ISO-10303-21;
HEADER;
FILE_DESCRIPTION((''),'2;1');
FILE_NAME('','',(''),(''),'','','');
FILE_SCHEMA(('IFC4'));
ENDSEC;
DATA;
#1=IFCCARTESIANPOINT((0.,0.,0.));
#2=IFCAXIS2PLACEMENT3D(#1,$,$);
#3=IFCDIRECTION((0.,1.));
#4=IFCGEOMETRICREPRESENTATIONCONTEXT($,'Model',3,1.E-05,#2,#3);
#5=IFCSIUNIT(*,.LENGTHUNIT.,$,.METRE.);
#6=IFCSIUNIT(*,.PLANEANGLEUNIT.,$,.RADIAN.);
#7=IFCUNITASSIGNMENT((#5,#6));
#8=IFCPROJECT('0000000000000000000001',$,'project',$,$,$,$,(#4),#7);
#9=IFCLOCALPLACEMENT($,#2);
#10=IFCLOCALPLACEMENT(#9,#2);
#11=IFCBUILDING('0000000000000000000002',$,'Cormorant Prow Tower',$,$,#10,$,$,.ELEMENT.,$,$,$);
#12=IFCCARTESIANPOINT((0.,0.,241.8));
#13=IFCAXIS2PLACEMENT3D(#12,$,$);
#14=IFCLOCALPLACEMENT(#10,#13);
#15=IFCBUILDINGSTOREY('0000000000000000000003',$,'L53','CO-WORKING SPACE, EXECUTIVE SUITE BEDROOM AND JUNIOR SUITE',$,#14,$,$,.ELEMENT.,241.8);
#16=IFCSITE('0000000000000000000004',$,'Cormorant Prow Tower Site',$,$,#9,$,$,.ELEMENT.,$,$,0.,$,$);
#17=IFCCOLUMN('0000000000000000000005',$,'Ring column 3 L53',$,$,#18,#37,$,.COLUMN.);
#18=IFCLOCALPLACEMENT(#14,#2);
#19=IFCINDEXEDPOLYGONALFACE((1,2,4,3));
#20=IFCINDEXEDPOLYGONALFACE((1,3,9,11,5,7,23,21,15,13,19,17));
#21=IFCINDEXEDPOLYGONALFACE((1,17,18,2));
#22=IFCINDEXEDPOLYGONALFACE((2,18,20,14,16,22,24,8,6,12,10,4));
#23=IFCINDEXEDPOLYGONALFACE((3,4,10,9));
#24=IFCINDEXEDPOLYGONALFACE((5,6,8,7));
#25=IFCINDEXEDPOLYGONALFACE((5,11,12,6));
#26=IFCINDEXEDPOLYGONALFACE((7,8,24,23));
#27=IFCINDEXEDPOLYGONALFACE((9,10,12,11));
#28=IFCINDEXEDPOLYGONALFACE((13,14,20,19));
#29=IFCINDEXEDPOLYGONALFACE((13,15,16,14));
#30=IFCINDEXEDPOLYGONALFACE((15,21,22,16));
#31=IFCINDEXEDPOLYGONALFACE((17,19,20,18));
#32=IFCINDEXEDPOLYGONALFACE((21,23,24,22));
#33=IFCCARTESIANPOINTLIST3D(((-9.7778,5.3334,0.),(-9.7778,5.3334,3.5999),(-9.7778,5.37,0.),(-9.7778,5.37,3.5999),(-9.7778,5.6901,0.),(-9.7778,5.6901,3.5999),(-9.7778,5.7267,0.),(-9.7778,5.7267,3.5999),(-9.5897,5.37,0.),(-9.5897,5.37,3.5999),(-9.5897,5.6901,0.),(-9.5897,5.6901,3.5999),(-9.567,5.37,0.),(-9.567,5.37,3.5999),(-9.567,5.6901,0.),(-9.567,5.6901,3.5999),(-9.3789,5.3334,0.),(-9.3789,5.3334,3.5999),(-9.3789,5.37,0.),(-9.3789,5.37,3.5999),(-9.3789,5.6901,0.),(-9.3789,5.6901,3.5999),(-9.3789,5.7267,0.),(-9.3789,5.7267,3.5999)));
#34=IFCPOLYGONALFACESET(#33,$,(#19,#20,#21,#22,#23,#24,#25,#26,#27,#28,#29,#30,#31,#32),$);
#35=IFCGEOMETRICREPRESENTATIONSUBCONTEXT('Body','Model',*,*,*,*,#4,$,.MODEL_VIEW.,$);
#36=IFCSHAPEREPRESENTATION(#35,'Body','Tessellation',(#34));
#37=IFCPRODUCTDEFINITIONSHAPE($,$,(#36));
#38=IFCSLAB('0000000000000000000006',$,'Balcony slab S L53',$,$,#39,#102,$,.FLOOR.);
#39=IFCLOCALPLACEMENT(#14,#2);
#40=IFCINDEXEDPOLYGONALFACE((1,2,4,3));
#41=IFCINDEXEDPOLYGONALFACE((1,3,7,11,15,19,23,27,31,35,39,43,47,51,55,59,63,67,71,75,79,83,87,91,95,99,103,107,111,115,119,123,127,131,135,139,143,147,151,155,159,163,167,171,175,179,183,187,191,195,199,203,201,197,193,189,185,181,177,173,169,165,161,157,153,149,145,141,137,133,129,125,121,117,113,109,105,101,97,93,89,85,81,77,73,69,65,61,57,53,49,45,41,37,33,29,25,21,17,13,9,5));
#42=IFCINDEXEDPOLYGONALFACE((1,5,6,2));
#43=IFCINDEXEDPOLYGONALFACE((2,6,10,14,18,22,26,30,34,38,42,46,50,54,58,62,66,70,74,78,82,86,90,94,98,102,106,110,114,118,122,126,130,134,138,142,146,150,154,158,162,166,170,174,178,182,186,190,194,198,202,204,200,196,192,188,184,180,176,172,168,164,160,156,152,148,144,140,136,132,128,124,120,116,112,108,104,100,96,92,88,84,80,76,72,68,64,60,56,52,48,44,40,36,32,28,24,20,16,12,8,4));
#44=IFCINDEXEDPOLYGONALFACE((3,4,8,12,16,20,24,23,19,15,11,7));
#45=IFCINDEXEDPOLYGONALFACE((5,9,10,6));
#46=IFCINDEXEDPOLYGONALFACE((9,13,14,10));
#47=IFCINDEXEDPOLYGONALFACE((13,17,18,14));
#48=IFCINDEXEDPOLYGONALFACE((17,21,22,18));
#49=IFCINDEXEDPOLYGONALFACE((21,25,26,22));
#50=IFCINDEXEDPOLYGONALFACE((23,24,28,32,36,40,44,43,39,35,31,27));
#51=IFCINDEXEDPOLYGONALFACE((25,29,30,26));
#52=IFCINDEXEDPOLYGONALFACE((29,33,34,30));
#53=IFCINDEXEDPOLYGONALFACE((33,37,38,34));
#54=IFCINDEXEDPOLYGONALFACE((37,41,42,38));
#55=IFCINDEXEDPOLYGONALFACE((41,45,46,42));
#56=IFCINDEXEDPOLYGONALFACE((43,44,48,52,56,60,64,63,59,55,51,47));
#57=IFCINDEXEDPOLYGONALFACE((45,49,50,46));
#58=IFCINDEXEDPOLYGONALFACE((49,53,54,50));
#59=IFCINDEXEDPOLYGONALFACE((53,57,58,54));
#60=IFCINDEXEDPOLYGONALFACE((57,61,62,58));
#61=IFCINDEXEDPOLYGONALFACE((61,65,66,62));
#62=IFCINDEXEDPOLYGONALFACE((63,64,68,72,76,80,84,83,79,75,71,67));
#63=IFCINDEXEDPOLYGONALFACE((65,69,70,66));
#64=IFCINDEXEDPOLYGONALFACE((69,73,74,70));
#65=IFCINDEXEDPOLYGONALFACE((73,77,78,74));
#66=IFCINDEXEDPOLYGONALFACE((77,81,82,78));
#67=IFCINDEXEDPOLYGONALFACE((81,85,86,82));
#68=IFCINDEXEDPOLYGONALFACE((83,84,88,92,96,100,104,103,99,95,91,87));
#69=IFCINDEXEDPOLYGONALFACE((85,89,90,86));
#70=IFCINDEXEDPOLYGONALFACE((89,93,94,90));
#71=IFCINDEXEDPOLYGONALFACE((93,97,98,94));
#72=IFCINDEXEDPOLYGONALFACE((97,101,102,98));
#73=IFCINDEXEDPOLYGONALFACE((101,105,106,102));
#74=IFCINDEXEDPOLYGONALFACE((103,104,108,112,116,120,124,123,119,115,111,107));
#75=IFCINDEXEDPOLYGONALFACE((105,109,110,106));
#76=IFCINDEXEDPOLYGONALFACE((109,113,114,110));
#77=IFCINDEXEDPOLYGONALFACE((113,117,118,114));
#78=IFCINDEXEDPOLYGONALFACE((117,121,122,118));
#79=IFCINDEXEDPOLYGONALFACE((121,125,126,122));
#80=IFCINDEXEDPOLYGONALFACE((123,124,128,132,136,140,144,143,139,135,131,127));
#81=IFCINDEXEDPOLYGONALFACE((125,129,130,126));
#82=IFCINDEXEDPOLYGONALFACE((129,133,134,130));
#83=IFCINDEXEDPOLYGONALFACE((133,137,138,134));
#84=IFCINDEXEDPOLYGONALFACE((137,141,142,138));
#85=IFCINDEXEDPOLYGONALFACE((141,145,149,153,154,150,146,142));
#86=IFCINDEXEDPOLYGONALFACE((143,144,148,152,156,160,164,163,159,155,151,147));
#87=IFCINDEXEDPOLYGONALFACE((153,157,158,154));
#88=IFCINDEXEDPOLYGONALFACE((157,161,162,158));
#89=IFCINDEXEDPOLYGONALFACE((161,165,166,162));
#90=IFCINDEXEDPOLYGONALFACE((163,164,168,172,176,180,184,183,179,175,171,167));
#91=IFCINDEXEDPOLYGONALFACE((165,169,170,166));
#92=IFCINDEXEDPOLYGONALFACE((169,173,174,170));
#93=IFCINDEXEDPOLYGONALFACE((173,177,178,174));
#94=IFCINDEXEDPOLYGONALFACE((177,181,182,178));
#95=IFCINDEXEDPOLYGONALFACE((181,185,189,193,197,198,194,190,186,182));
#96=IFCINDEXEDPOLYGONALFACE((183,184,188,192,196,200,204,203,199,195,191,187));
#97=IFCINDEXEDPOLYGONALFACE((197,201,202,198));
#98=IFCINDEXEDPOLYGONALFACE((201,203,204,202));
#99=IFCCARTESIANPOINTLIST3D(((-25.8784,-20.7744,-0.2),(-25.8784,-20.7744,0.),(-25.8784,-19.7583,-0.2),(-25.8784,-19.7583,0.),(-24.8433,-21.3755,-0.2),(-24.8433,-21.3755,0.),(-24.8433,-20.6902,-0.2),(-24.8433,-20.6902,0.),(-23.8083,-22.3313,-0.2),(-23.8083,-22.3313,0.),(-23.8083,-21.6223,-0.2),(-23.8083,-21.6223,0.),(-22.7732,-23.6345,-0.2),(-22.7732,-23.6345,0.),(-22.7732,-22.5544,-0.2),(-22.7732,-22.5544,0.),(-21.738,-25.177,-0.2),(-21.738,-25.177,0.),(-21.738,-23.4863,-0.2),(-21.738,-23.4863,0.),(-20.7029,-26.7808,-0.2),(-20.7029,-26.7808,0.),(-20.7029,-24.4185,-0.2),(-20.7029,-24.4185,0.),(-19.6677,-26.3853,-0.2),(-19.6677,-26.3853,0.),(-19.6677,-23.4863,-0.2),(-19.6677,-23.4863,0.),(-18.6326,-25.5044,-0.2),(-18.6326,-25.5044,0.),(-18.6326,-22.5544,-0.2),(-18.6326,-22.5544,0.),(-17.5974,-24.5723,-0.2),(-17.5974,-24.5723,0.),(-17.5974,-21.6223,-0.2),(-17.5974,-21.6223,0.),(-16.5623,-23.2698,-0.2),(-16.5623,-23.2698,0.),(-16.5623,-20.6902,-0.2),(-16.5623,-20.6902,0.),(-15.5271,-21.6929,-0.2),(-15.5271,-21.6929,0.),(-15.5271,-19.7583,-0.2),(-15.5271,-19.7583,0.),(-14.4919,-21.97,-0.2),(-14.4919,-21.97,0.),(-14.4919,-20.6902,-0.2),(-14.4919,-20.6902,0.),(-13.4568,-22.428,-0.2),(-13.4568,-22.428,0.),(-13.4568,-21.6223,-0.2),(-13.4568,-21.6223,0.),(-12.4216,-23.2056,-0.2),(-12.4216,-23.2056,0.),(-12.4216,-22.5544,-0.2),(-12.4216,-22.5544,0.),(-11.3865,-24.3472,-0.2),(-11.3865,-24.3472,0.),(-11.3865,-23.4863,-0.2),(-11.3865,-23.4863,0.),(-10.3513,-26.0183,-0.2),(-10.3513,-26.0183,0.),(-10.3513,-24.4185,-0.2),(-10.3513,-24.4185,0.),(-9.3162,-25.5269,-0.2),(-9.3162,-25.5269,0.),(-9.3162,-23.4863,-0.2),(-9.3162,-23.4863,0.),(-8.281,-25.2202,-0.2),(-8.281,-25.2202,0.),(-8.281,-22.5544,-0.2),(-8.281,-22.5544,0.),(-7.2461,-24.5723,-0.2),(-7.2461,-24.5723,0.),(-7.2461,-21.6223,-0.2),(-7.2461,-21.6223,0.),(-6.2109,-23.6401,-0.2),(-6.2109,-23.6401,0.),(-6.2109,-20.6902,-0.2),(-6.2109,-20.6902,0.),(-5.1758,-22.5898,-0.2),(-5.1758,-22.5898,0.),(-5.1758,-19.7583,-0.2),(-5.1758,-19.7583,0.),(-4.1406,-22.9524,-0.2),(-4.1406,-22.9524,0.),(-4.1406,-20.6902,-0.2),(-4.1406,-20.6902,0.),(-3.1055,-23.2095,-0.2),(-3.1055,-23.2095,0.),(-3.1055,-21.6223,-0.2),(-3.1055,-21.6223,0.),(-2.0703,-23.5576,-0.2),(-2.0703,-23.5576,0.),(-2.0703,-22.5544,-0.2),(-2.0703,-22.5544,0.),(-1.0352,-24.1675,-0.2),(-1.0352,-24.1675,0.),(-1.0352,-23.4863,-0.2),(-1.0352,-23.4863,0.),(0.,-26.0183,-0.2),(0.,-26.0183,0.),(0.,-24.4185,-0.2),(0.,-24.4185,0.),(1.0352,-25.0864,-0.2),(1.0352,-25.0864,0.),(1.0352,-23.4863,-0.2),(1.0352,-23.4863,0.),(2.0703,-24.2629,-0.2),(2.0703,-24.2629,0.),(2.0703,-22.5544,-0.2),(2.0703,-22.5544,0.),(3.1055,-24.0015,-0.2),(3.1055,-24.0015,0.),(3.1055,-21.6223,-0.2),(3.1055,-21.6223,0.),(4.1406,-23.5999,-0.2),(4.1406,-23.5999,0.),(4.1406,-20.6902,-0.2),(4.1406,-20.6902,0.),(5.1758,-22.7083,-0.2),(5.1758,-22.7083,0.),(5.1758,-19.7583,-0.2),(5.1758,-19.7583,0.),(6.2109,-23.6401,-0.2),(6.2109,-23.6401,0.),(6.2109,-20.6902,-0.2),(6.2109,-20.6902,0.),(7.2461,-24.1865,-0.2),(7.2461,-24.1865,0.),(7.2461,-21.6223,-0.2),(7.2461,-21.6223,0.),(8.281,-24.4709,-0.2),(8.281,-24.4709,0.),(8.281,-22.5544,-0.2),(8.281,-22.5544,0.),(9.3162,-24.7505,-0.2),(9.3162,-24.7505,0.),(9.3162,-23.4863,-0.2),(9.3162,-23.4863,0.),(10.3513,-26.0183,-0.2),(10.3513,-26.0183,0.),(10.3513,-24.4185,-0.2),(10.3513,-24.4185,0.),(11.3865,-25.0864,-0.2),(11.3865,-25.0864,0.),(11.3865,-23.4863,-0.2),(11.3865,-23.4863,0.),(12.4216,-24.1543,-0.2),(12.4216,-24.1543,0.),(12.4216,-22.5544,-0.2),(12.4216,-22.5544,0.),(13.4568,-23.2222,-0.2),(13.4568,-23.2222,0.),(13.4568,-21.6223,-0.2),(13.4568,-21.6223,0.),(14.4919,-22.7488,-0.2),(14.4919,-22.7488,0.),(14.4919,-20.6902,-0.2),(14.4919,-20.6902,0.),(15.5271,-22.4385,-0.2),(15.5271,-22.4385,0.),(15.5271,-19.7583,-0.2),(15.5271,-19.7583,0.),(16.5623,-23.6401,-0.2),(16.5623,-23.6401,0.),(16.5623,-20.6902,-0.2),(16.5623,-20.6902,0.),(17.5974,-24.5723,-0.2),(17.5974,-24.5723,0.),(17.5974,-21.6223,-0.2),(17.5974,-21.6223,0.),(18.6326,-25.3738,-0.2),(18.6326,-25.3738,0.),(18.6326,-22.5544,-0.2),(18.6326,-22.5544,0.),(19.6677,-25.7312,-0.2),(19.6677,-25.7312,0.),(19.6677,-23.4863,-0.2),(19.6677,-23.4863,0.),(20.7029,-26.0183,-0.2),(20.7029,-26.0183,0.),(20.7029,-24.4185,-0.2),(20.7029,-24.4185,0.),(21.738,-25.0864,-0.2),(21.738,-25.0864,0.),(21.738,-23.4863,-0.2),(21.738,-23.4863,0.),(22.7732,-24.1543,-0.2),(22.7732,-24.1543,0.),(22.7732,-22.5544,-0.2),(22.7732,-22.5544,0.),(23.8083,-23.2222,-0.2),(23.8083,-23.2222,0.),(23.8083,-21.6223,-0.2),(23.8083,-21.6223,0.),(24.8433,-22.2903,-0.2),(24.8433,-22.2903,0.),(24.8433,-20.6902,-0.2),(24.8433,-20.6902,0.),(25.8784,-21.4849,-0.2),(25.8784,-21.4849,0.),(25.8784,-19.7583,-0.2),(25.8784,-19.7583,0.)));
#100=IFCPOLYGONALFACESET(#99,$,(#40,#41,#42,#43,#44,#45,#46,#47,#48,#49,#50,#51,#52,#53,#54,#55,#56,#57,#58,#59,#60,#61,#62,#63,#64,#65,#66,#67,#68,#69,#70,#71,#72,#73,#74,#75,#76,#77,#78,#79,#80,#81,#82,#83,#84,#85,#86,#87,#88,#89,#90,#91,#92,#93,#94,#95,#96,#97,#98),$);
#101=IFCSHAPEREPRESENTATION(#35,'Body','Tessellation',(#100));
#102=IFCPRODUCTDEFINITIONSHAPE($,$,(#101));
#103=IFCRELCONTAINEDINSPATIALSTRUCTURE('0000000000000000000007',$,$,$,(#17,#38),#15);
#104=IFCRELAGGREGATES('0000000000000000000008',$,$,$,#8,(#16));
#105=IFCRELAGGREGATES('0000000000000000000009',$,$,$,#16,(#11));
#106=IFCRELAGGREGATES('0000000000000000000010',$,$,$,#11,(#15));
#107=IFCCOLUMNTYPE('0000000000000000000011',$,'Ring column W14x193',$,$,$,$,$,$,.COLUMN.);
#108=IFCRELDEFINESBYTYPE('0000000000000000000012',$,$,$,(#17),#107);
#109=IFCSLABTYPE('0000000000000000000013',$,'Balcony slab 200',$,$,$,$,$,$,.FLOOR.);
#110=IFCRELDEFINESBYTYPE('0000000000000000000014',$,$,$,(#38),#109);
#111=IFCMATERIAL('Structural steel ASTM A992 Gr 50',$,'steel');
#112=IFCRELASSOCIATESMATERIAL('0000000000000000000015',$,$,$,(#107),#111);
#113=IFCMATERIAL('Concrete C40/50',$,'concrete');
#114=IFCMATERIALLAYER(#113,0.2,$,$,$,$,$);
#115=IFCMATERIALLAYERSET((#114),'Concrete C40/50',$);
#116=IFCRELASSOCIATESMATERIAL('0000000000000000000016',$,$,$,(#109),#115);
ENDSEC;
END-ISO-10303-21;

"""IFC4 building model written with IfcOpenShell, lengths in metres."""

from ifc_helpers import new_model, si_unit, direction, frame, origin, origin_2d, place, context, subcontext, project, spatial, polyline, i_section, outline, extrude, material, layer, layer_set, material_profile, profile_set, type_object, element, save


model = new_model("IFC4")

# Units and contexts
model_context = context("Model", 3, precision=1e-05, world=origin(), true_north=direction((0.0, 1.0)))
body_context = subcontext(model_context, "Body", "Model", "MODEL_VIEW")
ifc_project = project(units=[si_unit("LENGTHUNIT", "METRE"), si_unit("PLANEANGLEUNIT", "RADIAN")], contexts=[model_context])

# Site, building, storey
site_placement = place(None, origin())
site = spatial("IfcSite", under=ifc_project, at=site_placement, Name="Cormorant Prow Tower Site", CompositionType="ELEMENT", RefElevation=0.0)
building_placement = place(site_placement, origin())
building = spatial("IfcBuilding", under=site, at=building_placement, Name="Cormorant Prow Tower", CompositionType="ELEMENT")
storey_placement = place(building_placement, frame((0.0, 0.0, 241.8)))
storey = spatial("IfcBuildingStorey", under=building, at=storey_placement, Name="L53", Description="CO-WORKING SPACE, EXECUTIVE SUITE BEDROOM AND JUNIOR SUITE", CompositionType="ELEMENT", Elevation=241.8)

# Column
ifc_material_1 = material(Name="Structural steel ASTM A992 Gr 50", Category="steel")
ifc_material_profile = material_profile(ifc_material_1, i_section(OverallWidth=0.3989, OverallDepth=0.3933, WebThickness=0.0227, FlangeThickness=0.0366, at=origin_2d()), Name="W14x193")
ifc_profile_set = profile_set([ifc_material_profile], Name="Structural steel ASTM A992 Gr 50")
column_type = type_object("IfcColumnType", Name="Ring column W14x193", PredefinedType="COLUMN", material=ifc_profile_set)
column_placement = place(storey_placement, frame((-9.5784, 5.53, 0.0), z_axis=(0.0, 0.0, 1.0), x_axis=(1.0, 0.0, 0.0)))
element("IfcColumn", 1, at=column_placement, inside=storey, type_object=column_type, Name="Ring column 3 L53", PredefinedType="COLUMN", context=body_context, shape_type="SweptSolid", body=[
    extrude(i_section(OverallWidth=0.3989, OverallDepth=0.3933, WebThickness=0.0227, FlangeThickness=0.0366, at=origin_2d()), origin(), (0.0, 0.0, 1.0), 3.5999),
])

# Slab
ifc_material_2 = material(Name="Concrete C40/50", Category="concrete")
ifc_layer_1 = layer(ifc_material_2, 0.2)
ifc_layer_set_1 = layer_set([ifc_layer_1], Name="Concrete C40/50")
slab_type_1 = type_object("IfcSlabType", Name="Balcony slab 200", PredefinedType="FLOOR", material=ifc_layer_set_1)
slab_1_placement = place(storey_placement, frame((0.0, 0.0, -0.2)))
element("IfcSlab", 2, at=slab_1_placement, inside=storey, type_object=slab_type_1, Name="Balcony slab S L53", PredefinedType="FLOOR", context=body_context, shape_type="SweptSolid", body=[
    extrude(outline(polyline([(-25.8784, -19.7583), (-25.8784, -20.7744), (-24.8433, -21.3755), (-23.8083, -22.3313), (-22.7732, -23.6345), (-21.738, -25.177), (-20.7029, -26.7808), (-19.6677, -26.3853), (-18.6326, -25.5044), (-17.5974, -24.5723), (-16.5623, -23.2698), (-15.5271, -21.6929), (-14.4919, -21.97), (-13.4568, -22.428), (-12.4216, -23.2056), (-11.3865, -24.3472), (-10.3513, -26.0183), (-9.3162, -25.5269), (-8.281, -25.2202), (-7.2461, -24.5723), (-6.2109, -23.6401), (-5.1758, -22.5898), (-4.1406, -22.9524), (-3.1055, -23.2095), (-2.0703, -23.5576), (-1.0352, -24.1675), (0.0, -26.0183), (1.0352, -25.0864), (2.0703, -24.2629), (3.1055, -24.0015), (4.1406, -23.5999), (5.1758, -22.7083), (6.2109, -23.6401), (7.2461, -24.1865), (8.281, -24.4709), (9.3162, -24.7505), (10.3513, -26.0183), (11.3865, -25.0864), (12.4216, -24.1543), (13.4568, -23.2222), (14.4919, -22.7488), (15.5271, -22.4385), (16.5623, -23.6401), (17.5974, -24.5723), (18.6326, -25.3738), (19.6677, -25.7312), (20.7029, -26.0183), (21.738, -25.0864), (22.7732, -24.1543), (23.8083, -23.2222), (24.8433, -22.2903), (25.8784, -21.4849), (25.8784, -19.7583), (24.8433, -20.6902), (23.8083, -21.6223), (22.7732, -22.5544), (21.738, -23.4863), (20.7029, -24.4185), (19.6677, -23.4863), (18.6326, -22.5544), (17.5974, -21.6223), (16.5623, -20.6902), (15.5271, -19.7583), (14.4919, -20.6902), (13.4568, -21.6223), (12.4216, -22.5544), (11.3865, -23.4863), (10.3513, -24.4185), (9.3162, -23.4863), (8.281, -22.5544), (7.2461, -21.6223), (6.2109, -20.6902), (5.1758, -19.7583), (4.1406, -20.6902), (3.1055, -21.6223), (2.0703, -22.5544), (1.0352, -23.4863), (0.0, -24.4185), (-1.0352, -23.4863), (-2.0703, -22.5544), (-3.1055, -21.6223), (-4.1406, -20.6902), (-5.1758, -19.7583), (-6.2109, -20.6902), (-7.2461, -21.6223), (-8.281, -22.5544), (-9.3162, -23.4863), (-10.3513, -24.4185), (-11.3865, -23.4863), (-12.4216, -22.5544), (-13.4568, -21.6223), (-14.4919, -20.6902), (-15.5271, -19.7583), (-16.5623, -20.6902), (-17.5974, -21.6223), (-18.6326, -22.5544), (-19.6677, -23.4863), (-20.7029, -24.4185), (-21.738, -23.4863), (-22.7732, -22.5544), (-23.8083, -21.6223), (-24.8433, -20.6902), (-25.8784, -19.7583)])), origin(), (0.0, 0.0, 1.0), 0.2),
])

save(model, "model.ifc")
